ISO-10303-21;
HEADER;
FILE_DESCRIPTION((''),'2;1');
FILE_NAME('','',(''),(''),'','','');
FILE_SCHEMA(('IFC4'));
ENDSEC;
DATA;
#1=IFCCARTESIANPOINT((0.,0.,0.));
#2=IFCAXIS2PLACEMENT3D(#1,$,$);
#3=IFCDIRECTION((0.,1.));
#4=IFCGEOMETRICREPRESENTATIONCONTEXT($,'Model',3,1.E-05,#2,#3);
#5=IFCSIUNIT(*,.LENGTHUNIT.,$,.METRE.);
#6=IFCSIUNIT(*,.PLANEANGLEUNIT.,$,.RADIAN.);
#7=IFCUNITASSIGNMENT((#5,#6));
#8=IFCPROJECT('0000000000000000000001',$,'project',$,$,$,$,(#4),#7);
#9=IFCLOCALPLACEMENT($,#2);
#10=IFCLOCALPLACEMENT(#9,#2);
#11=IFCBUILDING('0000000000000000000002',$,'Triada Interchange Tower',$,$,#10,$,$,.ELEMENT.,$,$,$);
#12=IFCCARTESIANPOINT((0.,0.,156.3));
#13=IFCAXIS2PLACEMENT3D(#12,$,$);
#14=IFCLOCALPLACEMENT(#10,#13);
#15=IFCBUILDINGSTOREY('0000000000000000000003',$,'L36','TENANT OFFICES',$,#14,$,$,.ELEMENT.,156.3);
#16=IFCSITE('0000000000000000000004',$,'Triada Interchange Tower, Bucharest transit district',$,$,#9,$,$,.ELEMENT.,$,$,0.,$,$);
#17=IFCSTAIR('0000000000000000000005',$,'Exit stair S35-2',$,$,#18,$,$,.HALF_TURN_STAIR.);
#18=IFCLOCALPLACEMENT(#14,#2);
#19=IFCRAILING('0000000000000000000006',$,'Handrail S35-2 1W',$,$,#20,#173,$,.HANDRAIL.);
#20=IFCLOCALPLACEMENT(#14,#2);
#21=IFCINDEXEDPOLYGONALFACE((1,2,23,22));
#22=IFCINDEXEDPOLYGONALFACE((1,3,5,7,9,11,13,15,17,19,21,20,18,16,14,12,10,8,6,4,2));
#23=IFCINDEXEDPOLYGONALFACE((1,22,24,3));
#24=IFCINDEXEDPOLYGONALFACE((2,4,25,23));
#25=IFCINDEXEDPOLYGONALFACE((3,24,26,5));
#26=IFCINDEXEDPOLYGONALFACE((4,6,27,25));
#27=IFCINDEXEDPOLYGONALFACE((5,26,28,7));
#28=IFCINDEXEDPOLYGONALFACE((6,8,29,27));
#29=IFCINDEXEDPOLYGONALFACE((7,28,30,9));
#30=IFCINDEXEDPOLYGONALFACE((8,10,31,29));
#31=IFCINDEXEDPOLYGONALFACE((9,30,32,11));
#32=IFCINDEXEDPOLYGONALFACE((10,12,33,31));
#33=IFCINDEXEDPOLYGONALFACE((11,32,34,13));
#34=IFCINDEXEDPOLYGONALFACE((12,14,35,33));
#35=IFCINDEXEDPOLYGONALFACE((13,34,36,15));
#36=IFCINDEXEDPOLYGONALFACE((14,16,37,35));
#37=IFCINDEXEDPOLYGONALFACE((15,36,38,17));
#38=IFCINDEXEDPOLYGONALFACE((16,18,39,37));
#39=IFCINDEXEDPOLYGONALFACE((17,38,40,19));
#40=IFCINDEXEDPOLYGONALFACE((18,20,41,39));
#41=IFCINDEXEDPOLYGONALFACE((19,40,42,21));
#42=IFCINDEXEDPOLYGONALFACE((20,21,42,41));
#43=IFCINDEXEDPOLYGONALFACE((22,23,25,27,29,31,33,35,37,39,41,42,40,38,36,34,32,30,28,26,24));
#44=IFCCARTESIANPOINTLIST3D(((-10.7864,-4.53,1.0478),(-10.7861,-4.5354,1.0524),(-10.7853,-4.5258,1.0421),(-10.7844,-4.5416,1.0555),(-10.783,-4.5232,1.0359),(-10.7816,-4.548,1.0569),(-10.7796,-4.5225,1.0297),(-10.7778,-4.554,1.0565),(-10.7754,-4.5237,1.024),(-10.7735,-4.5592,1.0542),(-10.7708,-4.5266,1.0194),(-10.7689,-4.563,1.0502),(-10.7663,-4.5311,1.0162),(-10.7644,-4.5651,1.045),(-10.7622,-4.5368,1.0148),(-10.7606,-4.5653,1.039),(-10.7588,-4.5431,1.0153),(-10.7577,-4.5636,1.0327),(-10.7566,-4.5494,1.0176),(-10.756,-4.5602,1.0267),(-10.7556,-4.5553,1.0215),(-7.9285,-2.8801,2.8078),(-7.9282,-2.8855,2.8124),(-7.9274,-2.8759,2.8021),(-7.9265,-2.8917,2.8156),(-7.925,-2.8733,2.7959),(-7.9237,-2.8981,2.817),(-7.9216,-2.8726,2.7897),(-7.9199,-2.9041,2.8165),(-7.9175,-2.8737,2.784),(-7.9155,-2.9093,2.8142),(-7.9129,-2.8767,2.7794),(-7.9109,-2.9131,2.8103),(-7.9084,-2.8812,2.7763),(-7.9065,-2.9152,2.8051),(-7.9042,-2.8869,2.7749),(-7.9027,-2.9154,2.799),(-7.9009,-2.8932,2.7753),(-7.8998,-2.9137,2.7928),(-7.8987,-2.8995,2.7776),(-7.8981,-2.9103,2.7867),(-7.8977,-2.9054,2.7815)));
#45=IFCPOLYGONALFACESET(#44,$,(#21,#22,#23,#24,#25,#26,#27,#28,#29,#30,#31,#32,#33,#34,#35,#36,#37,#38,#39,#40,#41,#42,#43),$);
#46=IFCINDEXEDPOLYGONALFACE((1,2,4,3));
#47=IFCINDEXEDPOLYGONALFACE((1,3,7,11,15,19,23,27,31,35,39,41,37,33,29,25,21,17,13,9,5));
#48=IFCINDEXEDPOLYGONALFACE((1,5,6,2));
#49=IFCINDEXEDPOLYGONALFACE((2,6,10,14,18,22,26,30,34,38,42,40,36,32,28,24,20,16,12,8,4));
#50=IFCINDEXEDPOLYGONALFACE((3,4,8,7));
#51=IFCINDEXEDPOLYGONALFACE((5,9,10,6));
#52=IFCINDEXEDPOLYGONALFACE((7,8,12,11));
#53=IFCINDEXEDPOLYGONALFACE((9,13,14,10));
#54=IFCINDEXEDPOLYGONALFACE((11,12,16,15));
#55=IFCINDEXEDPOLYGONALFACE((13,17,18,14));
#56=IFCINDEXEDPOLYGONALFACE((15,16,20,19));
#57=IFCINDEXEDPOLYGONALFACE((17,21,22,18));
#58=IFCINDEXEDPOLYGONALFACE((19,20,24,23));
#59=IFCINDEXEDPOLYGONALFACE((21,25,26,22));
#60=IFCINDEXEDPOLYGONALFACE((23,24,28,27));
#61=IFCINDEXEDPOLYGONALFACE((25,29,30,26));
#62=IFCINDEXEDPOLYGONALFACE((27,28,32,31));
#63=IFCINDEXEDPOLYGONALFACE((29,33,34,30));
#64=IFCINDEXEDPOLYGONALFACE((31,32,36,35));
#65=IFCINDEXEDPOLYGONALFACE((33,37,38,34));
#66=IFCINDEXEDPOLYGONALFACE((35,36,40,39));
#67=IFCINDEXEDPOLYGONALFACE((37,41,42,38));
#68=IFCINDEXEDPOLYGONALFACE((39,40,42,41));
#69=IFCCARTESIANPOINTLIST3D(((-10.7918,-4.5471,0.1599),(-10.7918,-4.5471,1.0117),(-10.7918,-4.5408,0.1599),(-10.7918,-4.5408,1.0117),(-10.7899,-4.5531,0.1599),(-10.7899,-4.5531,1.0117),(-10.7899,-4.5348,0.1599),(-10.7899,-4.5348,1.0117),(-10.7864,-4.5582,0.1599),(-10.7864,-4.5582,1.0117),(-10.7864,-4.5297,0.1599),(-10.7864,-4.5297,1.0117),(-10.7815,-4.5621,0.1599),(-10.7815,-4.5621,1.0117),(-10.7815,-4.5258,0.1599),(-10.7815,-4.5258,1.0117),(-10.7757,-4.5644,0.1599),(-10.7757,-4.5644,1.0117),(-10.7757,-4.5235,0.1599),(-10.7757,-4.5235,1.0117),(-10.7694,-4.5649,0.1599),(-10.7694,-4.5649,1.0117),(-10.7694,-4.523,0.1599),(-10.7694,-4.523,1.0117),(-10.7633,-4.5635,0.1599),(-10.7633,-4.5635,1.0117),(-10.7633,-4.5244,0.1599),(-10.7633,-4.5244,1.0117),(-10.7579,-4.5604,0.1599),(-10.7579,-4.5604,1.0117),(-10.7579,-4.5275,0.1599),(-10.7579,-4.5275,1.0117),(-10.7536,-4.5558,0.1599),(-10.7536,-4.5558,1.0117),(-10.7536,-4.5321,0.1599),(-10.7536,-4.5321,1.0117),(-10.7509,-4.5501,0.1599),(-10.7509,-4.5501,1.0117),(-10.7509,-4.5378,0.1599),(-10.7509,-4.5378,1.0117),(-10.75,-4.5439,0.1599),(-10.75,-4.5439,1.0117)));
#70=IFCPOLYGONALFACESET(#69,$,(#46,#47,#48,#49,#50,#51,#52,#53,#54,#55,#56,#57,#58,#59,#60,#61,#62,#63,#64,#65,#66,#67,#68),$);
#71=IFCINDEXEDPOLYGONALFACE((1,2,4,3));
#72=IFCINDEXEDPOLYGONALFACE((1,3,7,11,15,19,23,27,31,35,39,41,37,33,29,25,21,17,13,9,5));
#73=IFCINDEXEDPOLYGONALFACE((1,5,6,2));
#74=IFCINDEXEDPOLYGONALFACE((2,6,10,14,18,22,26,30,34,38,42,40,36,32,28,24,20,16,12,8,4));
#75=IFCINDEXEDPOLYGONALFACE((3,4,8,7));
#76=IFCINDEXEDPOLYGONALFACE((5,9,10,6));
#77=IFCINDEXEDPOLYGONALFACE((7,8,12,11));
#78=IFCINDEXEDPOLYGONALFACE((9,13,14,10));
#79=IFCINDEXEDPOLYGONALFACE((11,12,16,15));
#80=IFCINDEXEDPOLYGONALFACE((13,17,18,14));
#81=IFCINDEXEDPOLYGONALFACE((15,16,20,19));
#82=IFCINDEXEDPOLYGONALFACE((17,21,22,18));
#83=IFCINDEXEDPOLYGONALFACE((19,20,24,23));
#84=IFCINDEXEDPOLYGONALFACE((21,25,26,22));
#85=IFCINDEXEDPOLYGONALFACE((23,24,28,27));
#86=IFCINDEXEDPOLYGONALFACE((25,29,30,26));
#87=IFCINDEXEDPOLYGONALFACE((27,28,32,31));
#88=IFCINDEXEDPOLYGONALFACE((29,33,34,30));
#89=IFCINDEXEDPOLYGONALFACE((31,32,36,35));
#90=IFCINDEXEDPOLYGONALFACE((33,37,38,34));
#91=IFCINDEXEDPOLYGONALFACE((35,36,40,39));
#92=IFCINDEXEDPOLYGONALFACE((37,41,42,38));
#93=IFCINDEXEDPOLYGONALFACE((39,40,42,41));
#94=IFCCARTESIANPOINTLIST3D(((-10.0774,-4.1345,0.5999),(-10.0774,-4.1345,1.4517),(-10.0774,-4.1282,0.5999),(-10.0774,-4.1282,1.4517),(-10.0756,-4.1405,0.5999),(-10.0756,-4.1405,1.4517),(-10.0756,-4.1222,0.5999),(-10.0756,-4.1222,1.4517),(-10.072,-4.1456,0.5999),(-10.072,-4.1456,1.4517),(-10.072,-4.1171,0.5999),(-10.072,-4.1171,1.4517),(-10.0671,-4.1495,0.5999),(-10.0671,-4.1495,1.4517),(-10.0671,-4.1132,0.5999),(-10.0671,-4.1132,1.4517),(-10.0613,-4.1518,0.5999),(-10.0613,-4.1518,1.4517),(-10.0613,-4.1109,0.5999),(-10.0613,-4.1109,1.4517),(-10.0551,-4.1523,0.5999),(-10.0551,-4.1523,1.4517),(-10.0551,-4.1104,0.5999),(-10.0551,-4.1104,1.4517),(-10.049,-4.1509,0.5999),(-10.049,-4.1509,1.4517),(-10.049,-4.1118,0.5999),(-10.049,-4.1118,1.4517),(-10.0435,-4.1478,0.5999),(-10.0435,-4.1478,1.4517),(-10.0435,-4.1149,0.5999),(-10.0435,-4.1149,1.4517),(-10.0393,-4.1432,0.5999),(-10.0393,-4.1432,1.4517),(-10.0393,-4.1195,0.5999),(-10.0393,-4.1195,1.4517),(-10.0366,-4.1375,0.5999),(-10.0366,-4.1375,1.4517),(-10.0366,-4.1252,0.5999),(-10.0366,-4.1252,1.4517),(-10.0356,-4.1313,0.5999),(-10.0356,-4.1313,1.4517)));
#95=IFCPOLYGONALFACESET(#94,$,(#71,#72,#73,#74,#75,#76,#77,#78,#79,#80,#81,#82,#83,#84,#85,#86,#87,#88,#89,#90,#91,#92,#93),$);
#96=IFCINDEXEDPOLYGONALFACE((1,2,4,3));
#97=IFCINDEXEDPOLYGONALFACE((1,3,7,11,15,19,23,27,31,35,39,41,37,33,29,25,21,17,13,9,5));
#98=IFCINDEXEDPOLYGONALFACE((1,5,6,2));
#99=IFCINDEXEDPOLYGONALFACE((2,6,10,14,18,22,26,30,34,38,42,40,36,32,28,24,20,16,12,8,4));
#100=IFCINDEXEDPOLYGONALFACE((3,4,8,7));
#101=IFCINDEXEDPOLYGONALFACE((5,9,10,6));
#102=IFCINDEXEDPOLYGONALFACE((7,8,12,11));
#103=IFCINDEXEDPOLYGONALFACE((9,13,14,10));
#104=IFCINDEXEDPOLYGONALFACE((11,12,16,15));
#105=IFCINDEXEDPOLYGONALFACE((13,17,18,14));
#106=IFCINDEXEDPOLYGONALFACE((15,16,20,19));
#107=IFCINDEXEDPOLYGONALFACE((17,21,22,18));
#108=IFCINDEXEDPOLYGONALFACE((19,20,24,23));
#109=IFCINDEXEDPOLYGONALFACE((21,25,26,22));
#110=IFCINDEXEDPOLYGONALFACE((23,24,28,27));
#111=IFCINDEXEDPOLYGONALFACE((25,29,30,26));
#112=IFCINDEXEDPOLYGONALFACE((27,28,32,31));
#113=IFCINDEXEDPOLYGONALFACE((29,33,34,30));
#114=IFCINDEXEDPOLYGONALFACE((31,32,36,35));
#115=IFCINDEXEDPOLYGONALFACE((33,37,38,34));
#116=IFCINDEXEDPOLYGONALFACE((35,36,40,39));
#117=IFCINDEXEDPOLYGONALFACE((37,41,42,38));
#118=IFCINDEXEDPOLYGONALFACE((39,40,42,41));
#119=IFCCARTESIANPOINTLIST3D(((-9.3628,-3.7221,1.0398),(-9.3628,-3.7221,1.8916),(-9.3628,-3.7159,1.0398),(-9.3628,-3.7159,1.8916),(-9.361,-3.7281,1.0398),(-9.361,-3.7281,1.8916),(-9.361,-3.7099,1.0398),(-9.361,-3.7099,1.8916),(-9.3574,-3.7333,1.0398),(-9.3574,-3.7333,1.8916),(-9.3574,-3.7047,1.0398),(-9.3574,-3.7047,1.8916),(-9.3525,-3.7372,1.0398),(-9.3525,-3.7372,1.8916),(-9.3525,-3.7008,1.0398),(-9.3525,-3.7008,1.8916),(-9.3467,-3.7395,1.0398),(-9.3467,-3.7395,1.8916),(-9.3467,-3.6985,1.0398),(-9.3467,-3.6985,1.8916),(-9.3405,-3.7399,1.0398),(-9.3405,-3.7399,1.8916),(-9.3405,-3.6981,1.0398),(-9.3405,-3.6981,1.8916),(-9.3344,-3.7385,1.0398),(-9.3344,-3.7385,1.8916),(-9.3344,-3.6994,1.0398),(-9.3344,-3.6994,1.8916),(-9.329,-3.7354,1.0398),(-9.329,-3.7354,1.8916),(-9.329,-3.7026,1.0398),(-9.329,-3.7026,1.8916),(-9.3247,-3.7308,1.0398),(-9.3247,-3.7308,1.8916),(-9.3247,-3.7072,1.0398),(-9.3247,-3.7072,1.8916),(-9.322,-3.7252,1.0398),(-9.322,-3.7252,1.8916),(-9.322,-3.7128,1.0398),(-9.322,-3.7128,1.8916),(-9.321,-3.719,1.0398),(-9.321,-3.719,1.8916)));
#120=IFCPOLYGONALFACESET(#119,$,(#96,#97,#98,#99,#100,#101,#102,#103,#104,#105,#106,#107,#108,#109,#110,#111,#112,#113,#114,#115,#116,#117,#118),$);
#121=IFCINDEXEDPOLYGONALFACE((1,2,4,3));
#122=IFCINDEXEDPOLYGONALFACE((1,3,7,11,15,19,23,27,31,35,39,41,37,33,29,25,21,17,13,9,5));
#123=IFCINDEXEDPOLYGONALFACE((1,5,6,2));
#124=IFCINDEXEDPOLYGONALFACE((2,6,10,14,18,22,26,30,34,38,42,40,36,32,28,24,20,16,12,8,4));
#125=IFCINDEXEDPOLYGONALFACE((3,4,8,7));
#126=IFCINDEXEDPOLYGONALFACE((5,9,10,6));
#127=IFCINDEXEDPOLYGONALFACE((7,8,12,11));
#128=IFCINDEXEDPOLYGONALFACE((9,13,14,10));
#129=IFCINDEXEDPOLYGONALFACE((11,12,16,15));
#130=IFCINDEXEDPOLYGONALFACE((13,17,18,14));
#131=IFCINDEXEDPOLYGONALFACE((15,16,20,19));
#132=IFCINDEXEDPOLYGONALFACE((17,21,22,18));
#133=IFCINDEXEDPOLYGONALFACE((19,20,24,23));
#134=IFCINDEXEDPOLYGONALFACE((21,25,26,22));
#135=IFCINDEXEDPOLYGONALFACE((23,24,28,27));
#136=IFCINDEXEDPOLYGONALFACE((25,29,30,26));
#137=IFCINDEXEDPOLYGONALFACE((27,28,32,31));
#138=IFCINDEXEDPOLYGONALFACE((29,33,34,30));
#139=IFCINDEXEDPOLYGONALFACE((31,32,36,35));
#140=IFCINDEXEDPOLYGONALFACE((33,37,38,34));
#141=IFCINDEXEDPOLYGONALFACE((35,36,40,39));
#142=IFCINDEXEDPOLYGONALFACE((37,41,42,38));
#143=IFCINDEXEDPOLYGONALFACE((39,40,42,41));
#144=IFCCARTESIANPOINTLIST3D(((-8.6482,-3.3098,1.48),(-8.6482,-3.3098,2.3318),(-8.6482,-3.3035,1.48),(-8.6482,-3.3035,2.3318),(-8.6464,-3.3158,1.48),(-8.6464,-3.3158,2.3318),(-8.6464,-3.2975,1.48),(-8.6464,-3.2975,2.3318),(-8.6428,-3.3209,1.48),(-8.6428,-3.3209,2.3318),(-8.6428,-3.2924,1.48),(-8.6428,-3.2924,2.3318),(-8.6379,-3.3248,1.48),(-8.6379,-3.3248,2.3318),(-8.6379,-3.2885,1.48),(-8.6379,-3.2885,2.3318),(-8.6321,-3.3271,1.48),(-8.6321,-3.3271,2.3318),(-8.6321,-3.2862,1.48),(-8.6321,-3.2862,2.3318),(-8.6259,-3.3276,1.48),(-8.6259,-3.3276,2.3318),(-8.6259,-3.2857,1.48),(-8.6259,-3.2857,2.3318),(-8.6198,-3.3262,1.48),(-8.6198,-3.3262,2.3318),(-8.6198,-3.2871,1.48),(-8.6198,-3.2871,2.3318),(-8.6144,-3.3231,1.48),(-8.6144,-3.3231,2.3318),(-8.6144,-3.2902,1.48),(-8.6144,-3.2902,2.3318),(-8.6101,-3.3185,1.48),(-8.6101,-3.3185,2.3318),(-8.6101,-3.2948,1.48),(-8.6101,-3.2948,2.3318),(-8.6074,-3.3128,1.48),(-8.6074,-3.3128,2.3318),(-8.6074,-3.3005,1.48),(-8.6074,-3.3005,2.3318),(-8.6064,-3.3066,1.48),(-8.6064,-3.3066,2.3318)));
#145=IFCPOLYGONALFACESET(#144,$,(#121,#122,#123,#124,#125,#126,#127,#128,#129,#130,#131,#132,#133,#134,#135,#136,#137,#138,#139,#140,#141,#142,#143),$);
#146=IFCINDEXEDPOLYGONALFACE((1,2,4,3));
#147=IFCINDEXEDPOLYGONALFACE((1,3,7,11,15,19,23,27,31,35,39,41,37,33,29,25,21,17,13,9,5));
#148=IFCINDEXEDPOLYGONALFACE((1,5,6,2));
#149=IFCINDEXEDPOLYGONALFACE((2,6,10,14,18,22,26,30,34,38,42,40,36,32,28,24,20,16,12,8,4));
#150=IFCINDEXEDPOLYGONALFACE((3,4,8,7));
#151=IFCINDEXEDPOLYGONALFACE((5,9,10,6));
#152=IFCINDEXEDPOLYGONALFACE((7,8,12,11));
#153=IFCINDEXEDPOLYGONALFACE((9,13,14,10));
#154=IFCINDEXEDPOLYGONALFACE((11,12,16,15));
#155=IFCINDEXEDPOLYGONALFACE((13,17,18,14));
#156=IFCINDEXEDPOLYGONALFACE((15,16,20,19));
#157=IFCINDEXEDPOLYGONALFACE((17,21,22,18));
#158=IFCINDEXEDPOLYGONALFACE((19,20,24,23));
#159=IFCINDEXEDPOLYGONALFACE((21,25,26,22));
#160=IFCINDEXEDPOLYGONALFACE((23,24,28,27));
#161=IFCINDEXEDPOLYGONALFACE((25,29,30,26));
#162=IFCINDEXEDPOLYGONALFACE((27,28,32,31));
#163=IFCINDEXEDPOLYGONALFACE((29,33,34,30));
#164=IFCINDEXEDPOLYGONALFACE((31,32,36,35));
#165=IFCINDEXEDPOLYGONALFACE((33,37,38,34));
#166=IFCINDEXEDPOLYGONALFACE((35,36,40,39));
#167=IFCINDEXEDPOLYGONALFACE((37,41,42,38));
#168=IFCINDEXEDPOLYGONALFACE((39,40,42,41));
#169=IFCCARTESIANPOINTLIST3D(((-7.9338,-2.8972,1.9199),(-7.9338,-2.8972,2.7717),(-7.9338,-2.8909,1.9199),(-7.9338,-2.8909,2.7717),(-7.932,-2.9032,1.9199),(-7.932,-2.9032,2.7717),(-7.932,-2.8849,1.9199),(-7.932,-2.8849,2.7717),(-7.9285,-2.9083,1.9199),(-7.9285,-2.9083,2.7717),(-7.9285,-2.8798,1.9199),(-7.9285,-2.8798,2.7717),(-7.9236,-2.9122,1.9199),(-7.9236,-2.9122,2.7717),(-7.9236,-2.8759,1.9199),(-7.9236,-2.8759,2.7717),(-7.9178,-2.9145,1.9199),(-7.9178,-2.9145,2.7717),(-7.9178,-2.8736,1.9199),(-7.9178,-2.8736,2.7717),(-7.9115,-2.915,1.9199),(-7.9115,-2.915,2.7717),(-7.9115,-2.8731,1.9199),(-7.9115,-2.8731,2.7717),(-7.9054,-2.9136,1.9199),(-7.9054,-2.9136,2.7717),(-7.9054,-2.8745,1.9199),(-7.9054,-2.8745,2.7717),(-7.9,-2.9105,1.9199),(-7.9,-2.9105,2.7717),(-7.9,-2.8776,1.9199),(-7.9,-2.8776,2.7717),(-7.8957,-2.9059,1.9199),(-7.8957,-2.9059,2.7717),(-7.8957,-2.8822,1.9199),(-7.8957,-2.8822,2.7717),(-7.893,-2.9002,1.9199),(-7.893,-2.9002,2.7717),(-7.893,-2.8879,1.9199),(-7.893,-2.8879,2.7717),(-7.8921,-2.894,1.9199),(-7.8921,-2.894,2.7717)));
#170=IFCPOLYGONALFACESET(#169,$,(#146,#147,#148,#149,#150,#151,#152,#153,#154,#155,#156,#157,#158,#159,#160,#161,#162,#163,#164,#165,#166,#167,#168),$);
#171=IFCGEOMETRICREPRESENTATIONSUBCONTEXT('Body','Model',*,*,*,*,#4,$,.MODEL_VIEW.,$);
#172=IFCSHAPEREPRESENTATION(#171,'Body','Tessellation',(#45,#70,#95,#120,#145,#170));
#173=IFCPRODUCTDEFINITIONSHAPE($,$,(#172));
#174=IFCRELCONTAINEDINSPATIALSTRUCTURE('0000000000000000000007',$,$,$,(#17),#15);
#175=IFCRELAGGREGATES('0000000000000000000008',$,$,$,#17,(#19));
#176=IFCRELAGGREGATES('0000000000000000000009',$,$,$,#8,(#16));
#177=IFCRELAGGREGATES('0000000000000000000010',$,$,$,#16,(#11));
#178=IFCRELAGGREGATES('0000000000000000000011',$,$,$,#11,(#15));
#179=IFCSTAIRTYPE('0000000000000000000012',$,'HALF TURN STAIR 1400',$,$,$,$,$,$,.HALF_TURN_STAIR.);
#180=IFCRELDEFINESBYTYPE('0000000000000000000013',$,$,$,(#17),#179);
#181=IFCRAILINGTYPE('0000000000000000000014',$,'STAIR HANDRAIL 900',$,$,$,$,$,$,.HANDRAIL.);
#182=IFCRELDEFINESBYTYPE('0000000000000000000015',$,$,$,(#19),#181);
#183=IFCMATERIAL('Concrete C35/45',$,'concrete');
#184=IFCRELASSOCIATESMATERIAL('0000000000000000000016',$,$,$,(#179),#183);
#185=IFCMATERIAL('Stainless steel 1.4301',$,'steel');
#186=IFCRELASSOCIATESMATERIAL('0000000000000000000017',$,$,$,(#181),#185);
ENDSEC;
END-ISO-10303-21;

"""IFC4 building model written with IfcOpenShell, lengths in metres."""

from ifc_helpers import new_model, si_unit, direction, frame, origin, origin_2d, place, context, subcontext, project, spatial, circle, extrude, material, type_object, element, aggregate, save


model = new_model("IFC4")

# Units and contexts
model_context = context("Model", 3, precision=1e-05, world=origin(), true_north=direction((0.0, 1.0)))
body_context = subcontext(model_context, "Body", "Model", "MODEL_VIEW")
ifc_project = project(units=[si_unit("LENGTHUNIT", "METRE"), si_unit("PLANEANGLEUNIT", "RADIAN")], contexts=[model_context])

# Site, building, storey
site_placement = place(None, origin())
site = spatial("IfcSite", under=ifc_project, at=site_placement, Name="Triada Interchange Tower, Bucharest transit district", CompositionType="ELEMENT", RefElevation=0.0)
building_placement = place(site_placement, origin())
building = spatial("IfcBuilding", under=site, at=building_placement, Name="Triada Interchange Tower", CompositionType="ELEMENT")
storey_placement = place(building_placement, frame((0.0, 0.0, 156.3)))
storey = spatial("IfcBuildingStorey", under=building, at=storey_placement, Name="L36", Description="TENANT OFFICES", CompositionType="ELEMENT", Elevation=156.3)

# Stair, railing
ifc_material_1 = material(Name="Concrete C35/45", Category="concrete")
stair_type = type_object("IfcStairType", Name="HALF TURN STAIR 1400", PredefinedType="HALF_TURN_STAIR", material=ifc_material_1)
stair_placement = place(storey_placement, origin())
stair = element("IfcStair", 1, at=stair_placement, inside=storey, type_object=stair_type, Name="Exit stair S35-2", PredefinedType="HALF_TURN_STAIR")
ifc_material_2 = material(Name="Stainless steel 1.4301", Category="steel")
railing_type = type_object("IfcRailingType", Name="STAIR HANDRAIL 900", PredefinedType="HANDRAIL", material=ifc_material_2)
railing_1_placement = place(storey_placement, frame((-10.771, -4.5439, 0.1599)))
railing_1 = element("IfcRailing", 2, at=railing_1_placement, type_object=railing_type, Name="Handrail S35-2 1W", PredefinedType="HANDRAIL", context=body_context, shape_type="SweptSolid", body=[
    extrude(circle(Radius=0.0239, at=origin_2d()), frame((0.0, 0.0, 0.876), z_axis=(0.764151, 0.441153, 0.470593), x_axis=(-0.499974, 0.86604, 0.0)), (0.0, 0.0, 1.0), 3.74),
    extrude(circle(Radius=0.021, at=origin_2d()), origin(), (0.0, 0.0, 1.0), 0.8518),
    extrude(circle(Radius=0.021, at=origin_2d()), frame((0.7144, 0.4126, 0.4399)), (0.0, 0.0, 1.0), 0.8518),
    extrude(circle(Radius=0.021, at=origin_2d()), frame((1.429, 0.825, 0.8799)), (0.0, 0.0, 1.0), 0.8518),
    extrude(circle(Radius=0.021, at=origin_2d()), frame((2.1436, 1.2373, 1.3201)), (0.0, 0.0, 1.0), 0.8518),
    extrude(circle(Radius=0.021, at=origin_2d()), frame((2.8579, 1.6499, 1.76)), (0.0, 0.0, 1.0), 0.8518),
])
aggregate(stair, [railing_1])

save(model, "model.ifc")
